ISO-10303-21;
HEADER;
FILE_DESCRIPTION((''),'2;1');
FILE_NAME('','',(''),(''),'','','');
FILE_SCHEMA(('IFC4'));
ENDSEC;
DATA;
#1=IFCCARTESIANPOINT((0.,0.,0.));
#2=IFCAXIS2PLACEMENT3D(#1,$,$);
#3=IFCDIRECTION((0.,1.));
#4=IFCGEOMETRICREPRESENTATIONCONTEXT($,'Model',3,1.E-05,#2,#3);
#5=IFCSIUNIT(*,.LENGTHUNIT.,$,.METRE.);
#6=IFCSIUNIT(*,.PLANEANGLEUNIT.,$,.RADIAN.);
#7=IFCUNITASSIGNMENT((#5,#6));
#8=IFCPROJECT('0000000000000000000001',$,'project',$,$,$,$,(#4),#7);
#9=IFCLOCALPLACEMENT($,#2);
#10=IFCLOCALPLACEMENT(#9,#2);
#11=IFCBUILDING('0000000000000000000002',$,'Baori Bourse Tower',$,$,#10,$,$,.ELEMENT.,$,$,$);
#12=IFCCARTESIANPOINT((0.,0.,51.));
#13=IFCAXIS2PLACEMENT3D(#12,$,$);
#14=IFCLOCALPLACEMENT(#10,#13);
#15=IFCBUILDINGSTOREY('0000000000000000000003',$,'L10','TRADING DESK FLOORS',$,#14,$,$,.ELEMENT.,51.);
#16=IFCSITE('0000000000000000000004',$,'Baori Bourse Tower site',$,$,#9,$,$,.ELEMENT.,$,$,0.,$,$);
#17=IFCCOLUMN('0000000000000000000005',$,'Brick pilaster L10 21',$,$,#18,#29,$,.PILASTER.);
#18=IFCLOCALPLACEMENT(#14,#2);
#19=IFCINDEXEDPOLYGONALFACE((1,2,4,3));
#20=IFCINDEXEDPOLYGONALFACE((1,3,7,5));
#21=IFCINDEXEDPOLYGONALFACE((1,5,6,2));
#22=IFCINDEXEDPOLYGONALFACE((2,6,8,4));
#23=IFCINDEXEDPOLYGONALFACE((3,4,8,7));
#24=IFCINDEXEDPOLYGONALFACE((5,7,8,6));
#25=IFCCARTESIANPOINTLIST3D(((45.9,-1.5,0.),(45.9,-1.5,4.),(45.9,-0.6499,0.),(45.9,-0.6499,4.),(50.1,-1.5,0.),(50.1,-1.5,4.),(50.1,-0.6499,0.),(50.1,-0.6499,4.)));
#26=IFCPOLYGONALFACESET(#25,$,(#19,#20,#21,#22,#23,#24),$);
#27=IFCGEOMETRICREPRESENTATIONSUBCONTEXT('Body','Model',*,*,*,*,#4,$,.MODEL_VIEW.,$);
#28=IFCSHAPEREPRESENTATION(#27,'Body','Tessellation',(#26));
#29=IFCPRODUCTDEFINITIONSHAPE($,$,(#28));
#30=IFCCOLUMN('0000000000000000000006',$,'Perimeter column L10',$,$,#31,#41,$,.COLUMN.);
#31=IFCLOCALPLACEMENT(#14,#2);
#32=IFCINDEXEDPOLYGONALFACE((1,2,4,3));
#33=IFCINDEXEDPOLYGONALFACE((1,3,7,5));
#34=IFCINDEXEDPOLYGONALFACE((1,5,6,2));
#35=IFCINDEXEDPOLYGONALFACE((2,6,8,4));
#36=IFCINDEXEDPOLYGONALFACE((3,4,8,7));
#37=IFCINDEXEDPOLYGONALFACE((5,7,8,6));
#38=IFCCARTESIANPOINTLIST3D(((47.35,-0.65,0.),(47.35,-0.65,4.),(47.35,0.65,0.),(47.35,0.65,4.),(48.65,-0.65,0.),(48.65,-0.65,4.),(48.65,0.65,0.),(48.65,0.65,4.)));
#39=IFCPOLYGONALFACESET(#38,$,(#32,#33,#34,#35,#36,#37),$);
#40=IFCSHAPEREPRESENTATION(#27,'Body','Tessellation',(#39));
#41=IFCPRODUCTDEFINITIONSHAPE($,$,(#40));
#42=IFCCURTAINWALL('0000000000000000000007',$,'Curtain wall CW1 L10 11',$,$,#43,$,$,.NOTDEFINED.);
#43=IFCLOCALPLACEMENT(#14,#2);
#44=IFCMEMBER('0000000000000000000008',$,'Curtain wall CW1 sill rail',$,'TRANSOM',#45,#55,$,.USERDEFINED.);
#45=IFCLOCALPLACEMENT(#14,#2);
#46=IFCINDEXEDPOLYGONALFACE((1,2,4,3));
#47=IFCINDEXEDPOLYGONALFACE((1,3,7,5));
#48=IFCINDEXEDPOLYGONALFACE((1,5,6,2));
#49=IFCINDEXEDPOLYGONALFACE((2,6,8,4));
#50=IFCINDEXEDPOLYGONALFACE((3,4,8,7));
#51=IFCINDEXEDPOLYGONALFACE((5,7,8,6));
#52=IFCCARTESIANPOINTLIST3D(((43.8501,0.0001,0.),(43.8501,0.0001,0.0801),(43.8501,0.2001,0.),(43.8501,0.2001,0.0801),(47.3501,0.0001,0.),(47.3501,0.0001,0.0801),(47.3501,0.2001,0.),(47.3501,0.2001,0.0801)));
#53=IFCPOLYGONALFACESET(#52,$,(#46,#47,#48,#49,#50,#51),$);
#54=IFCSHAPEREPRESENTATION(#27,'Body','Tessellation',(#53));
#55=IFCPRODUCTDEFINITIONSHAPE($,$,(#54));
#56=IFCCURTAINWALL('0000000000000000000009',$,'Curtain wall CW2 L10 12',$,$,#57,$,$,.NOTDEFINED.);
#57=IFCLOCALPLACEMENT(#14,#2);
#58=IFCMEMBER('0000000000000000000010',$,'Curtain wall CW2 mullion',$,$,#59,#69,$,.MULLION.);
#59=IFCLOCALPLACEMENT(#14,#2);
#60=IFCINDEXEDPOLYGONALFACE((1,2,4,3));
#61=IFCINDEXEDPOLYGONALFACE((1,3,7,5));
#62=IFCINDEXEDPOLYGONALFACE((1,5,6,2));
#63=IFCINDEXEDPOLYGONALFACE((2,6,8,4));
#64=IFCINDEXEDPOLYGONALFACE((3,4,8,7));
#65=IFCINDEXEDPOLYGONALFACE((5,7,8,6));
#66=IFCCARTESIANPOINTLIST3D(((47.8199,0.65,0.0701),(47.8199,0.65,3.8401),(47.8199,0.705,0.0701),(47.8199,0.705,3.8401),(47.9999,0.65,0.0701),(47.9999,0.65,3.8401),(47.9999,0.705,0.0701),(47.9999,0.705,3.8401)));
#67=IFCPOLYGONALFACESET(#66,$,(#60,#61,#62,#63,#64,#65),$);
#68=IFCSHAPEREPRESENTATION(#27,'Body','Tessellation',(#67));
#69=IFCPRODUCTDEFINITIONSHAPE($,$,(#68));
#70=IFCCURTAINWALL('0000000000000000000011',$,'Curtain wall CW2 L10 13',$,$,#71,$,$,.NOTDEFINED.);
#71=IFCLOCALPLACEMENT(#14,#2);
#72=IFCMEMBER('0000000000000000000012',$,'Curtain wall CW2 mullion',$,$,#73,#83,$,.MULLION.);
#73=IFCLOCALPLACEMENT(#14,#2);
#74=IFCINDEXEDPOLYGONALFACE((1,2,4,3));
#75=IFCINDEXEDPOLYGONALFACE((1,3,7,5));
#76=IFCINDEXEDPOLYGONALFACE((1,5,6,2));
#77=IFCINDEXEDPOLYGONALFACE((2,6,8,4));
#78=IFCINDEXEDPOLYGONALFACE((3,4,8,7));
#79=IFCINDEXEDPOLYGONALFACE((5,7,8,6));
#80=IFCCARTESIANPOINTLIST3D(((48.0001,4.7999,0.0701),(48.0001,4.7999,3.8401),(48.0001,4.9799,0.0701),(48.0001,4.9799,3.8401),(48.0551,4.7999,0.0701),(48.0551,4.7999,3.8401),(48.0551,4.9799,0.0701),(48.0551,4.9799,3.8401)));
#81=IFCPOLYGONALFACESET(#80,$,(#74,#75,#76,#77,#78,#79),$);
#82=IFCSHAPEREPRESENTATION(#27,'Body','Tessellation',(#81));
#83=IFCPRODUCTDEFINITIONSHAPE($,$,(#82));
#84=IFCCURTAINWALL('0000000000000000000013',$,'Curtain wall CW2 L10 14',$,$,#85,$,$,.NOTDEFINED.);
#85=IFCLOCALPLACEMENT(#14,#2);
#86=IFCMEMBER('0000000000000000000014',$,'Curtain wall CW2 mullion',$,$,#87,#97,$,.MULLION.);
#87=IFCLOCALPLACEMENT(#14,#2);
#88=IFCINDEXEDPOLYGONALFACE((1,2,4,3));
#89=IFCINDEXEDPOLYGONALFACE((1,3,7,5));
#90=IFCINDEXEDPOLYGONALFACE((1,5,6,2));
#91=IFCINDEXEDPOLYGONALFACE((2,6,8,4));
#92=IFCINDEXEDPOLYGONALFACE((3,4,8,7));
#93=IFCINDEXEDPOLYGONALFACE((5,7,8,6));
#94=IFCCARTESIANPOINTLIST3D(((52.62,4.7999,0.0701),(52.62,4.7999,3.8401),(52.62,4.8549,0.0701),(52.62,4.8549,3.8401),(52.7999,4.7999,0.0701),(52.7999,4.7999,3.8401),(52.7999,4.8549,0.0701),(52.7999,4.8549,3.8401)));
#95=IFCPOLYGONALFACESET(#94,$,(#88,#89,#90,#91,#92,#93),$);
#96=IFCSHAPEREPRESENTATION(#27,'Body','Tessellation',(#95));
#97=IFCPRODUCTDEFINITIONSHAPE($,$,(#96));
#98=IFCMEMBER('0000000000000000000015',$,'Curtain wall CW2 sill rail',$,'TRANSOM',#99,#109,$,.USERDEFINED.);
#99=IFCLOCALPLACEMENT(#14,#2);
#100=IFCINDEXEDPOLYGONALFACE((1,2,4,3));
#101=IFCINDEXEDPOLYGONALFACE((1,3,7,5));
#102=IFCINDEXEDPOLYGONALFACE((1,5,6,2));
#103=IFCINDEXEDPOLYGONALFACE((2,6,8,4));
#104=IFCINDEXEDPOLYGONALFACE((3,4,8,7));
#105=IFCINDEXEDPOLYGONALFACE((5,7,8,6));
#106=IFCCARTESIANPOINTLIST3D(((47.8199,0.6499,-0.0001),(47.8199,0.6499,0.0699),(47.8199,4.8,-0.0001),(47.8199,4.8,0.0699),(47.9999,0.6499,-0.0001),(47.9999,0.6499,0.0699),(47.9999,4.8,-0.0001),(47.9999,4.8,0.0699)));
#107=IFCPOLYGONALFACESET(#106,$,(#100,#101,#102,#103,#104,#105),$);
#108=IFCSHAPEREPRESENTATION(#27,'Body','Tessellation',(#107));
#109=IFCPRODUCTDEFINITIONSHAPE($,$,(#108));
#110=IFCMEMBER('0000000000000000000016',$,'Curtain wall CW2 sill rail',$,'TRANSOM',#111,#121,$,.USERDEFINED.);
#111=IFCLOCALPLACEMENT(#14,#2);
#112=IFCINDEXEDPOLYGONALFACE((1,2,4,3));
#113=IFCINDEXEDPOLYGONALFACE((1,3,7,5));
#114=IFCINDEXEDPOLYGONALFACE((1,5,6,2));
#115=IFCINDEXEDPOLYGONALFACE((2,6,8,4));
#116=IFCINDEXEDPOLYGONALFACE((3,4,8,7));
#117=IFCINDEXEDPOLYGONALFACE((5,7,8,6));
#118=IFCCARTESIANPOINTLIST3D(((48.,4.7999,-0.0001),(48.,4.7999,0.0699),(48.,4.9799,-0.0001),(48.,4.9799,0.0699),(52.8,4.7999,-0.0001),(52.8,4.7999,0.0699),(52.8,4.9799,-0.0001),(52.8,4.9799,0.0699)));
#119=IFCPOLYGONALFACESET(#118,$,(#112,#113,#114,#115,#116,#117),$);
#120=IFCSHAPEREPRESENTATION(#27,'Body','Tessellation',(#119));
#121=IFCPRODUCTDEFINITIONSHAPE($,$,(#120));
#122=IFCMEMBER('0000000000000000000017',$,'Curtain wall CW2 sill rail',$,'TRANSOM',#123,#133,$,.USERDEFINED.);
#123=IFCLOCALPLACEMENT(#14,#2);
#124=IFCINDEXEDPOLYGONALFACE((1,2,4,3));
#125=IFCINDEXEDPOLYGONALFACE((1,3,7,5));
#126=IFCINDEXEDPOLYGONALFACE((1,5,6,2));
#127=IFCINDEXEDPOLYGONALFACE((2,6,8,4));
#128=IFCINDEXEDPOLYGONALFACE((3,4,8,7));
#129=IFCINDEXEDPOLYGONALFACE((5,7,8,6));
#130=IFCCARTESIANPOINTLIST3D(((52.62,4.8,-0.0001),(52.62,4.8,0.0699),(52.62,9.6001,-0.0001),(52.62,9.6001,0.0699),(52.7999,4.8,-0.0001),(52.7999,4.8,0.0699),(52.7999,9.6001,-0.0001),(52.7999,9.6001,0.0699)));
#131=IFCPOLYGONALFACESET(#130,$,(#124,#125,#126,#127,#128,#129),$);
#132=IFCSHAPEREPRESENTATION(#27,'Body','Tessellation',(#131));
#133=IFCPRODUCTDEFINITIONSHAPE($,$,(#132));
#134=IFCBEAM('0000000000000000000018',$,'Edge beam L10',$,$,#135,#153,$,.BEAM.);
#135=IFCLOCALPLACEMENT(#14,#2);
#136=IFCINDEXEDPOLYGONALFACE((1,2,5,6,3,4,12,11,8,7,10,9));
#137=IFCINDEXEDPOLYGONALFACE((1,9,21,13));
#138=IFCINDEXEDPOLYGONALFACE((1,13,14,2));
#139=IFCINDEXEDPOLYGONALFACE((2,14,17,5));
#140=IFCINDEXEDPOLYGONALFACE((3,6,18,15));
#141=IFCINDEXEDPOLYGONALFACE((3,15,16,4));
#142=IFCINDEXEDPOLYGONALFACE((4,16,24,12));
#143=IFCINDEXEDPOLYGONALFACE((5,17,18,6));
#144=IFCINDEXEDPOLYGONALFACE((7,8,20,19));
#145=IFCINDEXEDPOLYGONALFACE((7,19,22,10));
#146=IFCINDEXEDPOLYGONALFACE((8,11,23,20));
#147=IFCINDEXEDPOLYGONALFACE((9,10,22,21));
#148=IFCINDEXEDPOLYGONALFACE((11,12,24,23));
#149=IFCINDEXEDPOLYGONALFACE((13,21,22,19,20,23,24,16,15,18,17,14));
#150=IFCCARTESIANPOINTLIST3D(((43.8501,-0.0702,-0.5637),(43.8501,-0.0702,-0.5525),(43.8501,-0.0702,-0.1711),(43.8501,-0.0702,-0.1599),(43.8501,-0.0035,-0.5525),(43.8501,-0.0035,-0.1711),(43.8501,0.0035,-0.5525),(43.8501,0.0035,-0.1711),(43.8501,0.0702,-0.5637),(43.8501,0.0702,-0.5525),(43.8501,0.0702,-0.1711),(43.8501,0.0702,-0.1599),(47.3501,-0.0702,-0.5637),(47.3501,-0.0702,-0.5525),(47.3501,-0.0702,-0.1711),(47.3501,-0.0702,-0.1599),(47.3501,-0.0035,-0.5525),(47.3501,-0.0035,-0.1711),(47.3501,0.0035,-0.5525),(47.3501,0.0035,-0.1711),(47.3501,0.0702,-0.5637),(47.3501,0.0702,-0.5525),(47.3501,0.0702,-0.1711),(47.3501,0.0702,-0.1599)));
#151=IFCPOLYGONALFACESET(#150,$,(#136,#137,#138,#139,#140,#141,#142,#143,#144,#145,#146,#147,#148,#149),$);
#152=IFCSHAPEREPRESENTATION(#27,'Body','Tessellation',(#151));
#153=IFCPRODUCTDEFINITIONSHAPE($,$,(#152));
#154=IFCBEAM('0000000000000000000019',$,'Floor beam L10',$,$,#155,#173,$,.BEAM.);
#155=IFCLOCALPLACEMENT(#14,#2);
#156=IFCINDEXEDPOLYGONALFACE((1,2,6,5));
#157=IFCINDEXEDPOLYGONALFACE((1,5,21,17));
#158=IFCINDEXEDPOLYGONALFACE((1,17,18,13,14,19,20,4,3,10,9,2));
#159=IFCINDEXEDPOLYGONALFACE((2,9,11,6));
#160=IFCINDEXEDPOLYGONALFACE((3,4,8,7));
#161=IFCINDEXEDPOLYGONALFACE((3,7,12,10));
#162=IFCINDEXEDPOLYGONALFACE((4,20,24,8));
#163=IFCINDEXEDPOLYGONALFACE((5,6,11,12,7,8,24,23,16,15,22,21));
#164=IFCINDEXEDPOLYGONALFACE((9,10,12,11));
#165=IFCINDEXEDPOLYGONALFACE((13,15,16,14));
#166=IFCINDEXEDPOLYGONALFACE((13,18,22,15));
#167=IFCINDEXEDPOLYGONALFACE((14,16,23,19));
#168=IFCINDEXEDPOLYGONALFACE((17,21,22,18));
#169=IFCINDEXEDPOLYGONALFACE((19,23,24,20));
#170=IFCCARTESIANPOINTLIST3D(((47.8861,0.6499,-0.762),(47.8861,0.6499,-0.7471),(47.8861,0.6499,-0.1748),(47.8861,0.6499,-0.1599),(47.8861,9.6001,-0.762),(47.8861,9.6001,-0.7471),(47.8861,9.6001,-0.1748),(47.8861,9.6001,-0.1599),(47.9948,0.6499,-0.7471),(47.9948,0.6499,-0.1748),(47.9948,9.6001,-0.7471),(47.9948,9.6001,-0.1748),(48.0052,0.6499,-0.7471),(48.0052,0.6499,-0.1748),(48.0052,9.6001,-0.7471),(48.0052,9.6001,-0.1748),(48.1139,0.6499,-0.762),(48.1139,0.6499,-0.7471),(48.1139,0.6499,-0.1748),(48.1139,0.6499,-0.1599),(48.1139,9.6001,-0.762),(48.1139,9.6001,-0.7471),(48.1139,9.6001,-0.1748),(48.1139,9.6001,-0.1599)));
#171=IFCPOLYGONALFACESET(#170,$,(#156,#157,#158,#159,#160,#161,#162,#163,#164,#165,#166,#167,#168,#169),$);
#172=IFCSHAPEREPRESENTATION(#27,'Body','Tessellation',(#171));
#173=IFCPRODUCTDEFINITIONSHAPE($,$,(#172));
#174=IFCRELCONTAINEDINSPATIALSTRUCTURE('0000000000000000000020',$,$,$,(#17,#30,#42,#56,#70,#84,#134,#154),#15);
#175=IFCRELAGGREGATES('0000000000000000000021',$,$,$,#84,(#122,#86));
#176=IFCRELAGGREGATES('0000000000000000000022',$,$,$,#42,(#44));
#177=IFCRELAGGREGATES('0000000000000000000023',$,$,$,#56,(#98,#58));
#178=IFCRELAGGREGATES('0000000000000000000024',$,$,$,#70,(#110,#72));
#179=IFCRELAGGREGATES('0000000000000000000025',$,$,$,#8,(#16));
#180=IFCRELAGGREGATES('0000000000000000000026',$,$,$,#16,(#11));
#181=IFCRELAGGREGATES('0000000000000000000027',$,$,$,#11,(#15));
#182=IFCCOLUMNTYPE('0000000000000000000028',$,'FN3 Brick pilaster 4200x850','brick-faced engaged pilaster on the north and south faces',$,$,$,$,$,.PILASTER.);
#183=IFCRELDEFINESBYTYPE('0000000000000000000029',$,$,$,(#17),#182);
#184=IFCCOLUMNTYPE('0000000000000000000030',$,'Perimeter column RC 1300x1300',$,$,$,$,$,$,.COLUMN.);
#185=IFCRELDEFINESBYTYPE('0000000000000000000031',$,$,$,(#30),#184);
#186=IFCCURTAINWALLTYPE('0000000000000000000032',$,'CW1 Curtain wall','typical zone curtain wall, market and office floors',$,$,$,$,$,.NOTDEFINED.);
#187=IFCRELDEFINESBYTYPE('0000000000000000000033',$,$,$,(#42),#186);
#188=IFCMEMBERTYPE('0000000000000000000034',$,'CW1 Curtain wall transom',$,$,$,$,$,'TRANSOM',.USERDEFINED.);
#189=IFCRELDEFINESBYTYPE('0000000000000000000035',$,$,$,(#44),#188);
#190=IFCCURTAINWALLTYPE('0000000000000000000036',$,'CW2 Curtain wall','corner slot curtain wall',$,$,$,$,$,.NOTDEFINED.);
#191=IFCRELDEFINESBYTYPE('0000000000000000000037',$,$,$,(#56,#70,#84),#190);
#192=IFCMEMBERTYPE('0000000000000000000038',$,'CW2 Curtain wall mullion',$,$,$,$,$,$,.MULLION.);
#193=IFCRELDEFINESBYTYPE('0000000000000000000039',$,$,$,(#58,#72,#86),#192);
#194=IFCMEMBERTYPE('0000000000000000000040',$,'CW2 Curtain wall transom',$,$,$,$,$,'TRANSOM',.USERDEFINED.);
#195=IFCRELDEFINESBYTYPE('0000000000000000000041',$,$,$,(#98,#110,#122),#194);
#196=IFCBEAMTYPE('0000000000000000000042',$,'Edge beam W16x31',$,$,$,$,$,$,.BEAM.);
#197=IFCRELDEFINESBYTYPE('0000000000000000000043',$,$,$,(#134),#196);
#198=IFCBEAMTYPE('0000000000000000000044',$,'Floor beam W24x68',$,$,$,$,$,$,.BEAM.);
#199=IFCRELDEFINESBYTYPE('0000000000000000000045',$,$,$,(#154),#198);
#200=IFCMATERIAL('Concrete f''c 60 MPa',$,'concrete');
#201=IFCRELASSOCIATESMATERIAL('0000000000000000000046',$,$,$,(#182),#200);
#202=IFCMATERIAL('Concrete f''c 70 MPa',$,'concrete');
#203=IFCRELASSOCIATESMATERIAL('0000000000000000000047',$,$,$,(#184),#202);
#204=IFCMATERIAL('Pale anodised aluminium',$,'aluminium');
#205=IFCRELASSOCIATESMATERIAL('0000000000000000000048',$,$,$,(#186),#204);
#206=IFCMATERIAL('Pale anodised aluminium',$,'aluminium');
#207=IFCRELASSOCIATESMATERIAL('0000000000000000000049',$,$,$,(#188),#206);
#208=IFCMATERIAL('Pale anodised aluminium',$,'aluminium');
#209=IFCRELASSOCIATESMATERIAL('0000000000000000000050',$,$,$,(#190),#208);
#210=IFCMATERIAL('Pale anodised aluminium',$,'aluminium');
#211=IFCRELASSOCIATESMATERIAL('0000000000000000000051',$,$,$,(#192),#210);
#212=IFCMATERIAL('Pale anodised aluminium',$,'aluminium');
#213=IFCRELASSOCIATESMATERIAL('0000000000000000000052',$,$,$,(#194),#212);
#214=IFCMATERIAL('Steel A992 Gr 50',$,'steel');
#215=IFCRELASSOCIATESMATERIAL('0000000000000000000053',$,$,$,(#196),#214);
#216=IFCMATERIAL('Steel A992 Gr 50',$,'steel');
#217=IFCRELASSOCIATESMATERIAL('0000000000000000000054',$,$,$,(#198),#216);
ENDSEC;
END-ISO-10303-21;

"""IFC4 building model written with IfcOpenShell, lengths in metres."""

from ifc_helpers import new_model, si_unit, direction, frame, origin, origin_2d, place, context, subcontext, project, spatial, rectangle, i_section, extrude, material, material_profile, profile_set, type_object, element, aggregate, save


model = new_model("IFC4")

# Units and contexts
model_context = context("Model", 3, precision=1e-05, world=origin(), true_north=direction((0.0, 1.0)))
body_context = subcontext(model_context, "Body", "Model", "MODEL_VIEW")
ifc_project = project(units=[si_unit("LENGTHUNIT", "METRE"), si_unit("PLANEANGLEUNIT", "RADIAN")], contexts=[model_context])

# Site, building, storey
site_placement = place(None, origin())
site = spatial("IfcSite", under=ifc_project, at=site_placement, Name="Baori Bourse Tower site", CompositionType="ELEMENT", RefElevation=0.0)
building_placement = place(site_placement, origin())
building = spatial("IfcBuilding", under=site, at=building_placement, Name="Baori Bourse Tower", CompositionType="ELEMENT")
storey_placement = place(building_placement, frame((0.0, 0.0, 51.0)))
storey = spatial("IfcBuildingStorey", under=building, at=storey_placement, Name="L10", Description="TRADING DESK FLOORS", CompositionType="ELEMENT", Elevation=51.0)

# Columns
ifc_material_1 = material(Name="Concrete f'c 60 MPa", Category="concrete")
ifc_material_profile_1 = material_profile(ifc_material_1, rectangle(XDim=4.2, YDim=0.8501, at=origin_2d()), Name="RC 4200x850")
ifc_profile_set_1 = profile_set([ifc_material_profile_1], Name="Concrete f'c 60 MPa")
column_type_1 = type_object("IfcColumnType", Name="FN3 Brick pilaster 4200x850", Description="brick-faced engaged pilaster on the north and south faces", PredefinedType="PILASTER", material=ifc_profile_set_1)
column_1_placement = place(storey_placement, frame((48.0, -1.075, 0.0), z_axis=(0.0, 0.0, 1.0), x_axis=(1.0, 0.0, 0.0)))
element("IfcColumn", 1, at=column_1_placement, inside=storey, type_object=column_type_1, Name="Brick pilaster L10 21", PredefinedType="PILASTER", context=body_context, shape_type="SweptSolid", body=[
    extrude(rectangle(XDim=4.2, YDim=0.8501, at=origin_2d()), origin(), (0.0, 0.0, 1.0), 4.0),
])
ifc_material_2 = material(Name="Concrete f'c 70 MPa", Category="concrete")
ifc_material_profile_2 = material_profile(ifc_material_2, rectangle(XDim=1.3, YDim=1.3, at=origin_2d()), Name="RC 1300x1300")
ifc_profile_set_2 = profile_set([ifc_material_profile_2], Name="Concrete f'c 70 MPa")
column_type_2 = type_object("IfcColumnType", Name="Perimeter column RC 1300x1300", PredefinedType="COLUMN", material=ifc_profile_set_2)
column_2_placement = place(storey_placement, frame((48.0, 0.0, 0.0), z_axis=(0.0, 0.0, 1.0), x_axis=(1.0, 0.0, 0.0)))
element("IfcColumn", 2, at=column_2_placement, inside=storey, type_object=column_type_2, Name="Perimeter column L10", PredefinedType="COLUMN", context=body_context, shape_type="SweptSolid", body=[
    extrude(rectangle(XDim=1.3, YDim=1.3, at=origin_2d()), origin(), (0.0, 0.0, 1.0), 4.0),
])

# Curtain walls, members
ifc_material_3 = material(Name="Pale anodised aluminium", Category="aluminium")
curtain_wall_type_1 = type_object("IfcCurtainWallType", Name="CW1 Curtain wall", Description="typical zone curtain wall, market and office floors", PredefinedType="NOTDEFINED", material=ifc_material_3)
curtain_wall_1_placement = place(storey_placement, origin())
curtain_wall_1 = element("IfcCurtainWall", 3, at=curtain_wall_1_placement, inside=storey, type_object=curtain_wall_type_1, Name="Curtain wall CW1 L10 11", PredefinedType="NOTDEFINED")
ifc_material_4 = material(Name="Pale anodised aluminium", Category="aluminium")
ifc_material_profile_3 = material_profile(ifc_material_4, rectangle(XDim=0.2, YDim=0.0801, at=origin_2d()), Name="Transom 80x200")
ifc_profile_set_3 = profile_set([ifc_material_profile_3], Name="Pale anodised aluminium")
member_type_1 = type_object("IfcMemberType", Name="CW1 Curtain wall transom", ElementType="TRANSOM", PredefinedType="USERDEFINED", material=ifc_profile_set_3)
member_1_placement = place(storey_placement, frame((43.8501, 0.1001, 0.04), z_axis=(1.0, 0.0, 0.0), x_axis=(0.0, 1.0, 0.0)))
member_1 = element("IfcMember", 4, at=member_1_placement, type_object=member_type_1, Name="Curtain wall CW1 sill rail", ObjectType="TRANSOM", PredefinedType="USERDEFINED", context=body_context, shape_type="SweptSolid", body=[
    extrude(rectangle(XDim=0.2, YDim=0.0801, at=origin_2d()), origin(), (0.0, 0.0, 1.0), 3.5),
])
ifc_material_5 = material(Name="Pale anodised aluminium", Category="aluminium")
curtain_wall_type_2 = type_object("IfcCurtainWallType", Name="CW2 Curtain wall", Description="corner slot curtain wall", PredefinedType="NOTDEFINED", material=ifc_material_5)
curtain_wall_2_placement = place(storey_placement, origin())
curtain_wall_2 = element("IfcCurtainWall", 5, at=curtain_wall_2_placement, inside=storey, type_object=curtain_wall_type_2, Name="Curtain wall CW2 L10 12", PredefinedType="NOTDEFINED")
ifc_material_6 = material(Name="Pale anodised aluminium", Category="aluminium")
ifc_material_profile_4 = material_profile(ifc_material_6, rectangle(XDim=0.1799, YDim=0.0549, at=origin_2d()), Name="Mullion 55x180")
ifc_profile_set_4 = profile_set([ifc_material_profile_4], Name="Pale anodised aluminium")
member_type_2 = type_object("IfcMemberType", Name="CW2 Curtain wall mullion", PredefinedType="MULLION", material=ifc_profile_set_4)
member_2_placement = place(storey_placement, frame((47.9099, 0.6775, 0.0701), z_axis=(0.0, 0.0, 1.0), x_axis=(-1.0, 0.0, 0.0)))
member_2 = element("IfcMember", 6, at=member_2_placement, type_object=member_type_2, Name="Curtain wall CW2 mullion", PredefinedType="MULLION", context=body_context, shape_type="SweptSolid", body=[
    extrude(rectangle(XDim=0.1799, YDim=0.0549, at=origin_2d()), origin(), (0.0, 0.0, 1.0), 3.77),
])
curtain_wall_3_placement = place(storey_placement, origin())
curtain_wall_3 = element("IfcCurtainWall", 7, at=curtain_wall_3_placement, inside=storey, type_object=curtain_wall_type_2, Name="Curtain wall CW2 L10 13", PredefinedType="NOTDEFINED")
member_3_placement = place(storey_placement, frame((48.0276, 4.8899, 0.0701), z_axis=(0.0, 0.0, 1.0), x_axis=(0.0, 1.0, 0.0)))
member_3 = element("IfcMember", 8, at=member_3_placement, type_object=member_type_2, Name="Curtain wall CW2 mullion", PredefinedType="MULLION", context=body_context, shape_type="SweptSolid", body=[
    extrude(rectangle(XDim=0.1799, YDim=0.0549, at=origin_2d()), origin(), (0.0, 0.0, 1.0), 3.77),
])
curtain_wall_4_placement = place(storey_placement, origin())
curtain_wall_4 = element("IfcCurtainWall", 9, at=curtain_wall_4_placement, inside=storey, type_object=curtain_wall_type_2, Name="Curtain wall CW2 L10 14", PredefinedType="NOTDEFINED")
member_4_placement = place(storey_placement, frame((52.71, 4.8274, 0.0701), z_axis=(0.0, 0.0, 1.0), x_axis=(-1.0, 0.0, 0.0)))
member_4 = element("IfcMember", 10, at=member_4_placement, type_object=member_type_2, Name="Curtain wall CW2 mullion", PredefinedType="MULLION", context=body_context, shape_type="SweptSolid", body=[
    extrude(rectangle(XDim=0.1799, YDim=0.0549, at=origin_2d()), origin(), (0.0, 0.0, 1.0), 3.77),
])

# Members
ifc_material_7 = material(Name="Pale anodised aluminium", Category="aluminium")
ifc_material_profile_5 = material_profile(ifc_material_7, rectangle(XDim=0.1799, YDim=0.0701, at=origin_2d()), Name="Transom 70x180")
ifc_profile_set_5 = profile_set([ifc_material_profile_5], Name="Pale anodised aluminium")
member_type_3 = type_object("IfcMemberType", Name="CW2 Curtain wall transom", ElementType="TRANSOM", PredefinedType="USERDEFINED", material=ifc_profile_set_5)
member_5_placement = place(storey_placement, frame((47.9099, 0.6499, 0.0349), z_axis=(0.0, 1.0, 0.0), x_axis=(-1.0, 0.0, 0.0)))
member_5 = element("IfcMember", 11, at=member_5_placement, type_object=member_type_3, Name="Curtain wall CW2 sill rail", ObjectType="TRANSOM", PredefinedType="USERDEFINED", context=body_context, shape_type="SweptSolid", body=[
    extrude(rectangle(XDim=0.1799, YDim=0.0701, at=origin_2d()), origin(), (0.0, 0.0, 1.0), 4.1501),
])
member_6_placement = place(storey_placement, frame((48.0, 4.8899, 0.0349), z_axis=(1.0, 0.0, 0.0), x_axis=(0.0, 1.0, 0.0)))
member_6 = element("IfcMember", 12, at=member_6_placement, type_object=member_type_3, Name="Curtain wall CW2 sill rail", ObjectType="TRANSOM", PredefinedType="USERDEFINED", context=body_context, shape_type="SweptSolid", body=[
    extrude(rectangle(XDim=0.1799, YDim=0.0701, at=origin_2d()), origin(), (0.0, 0.0, 1.0), 4.8),
])
member_7_placement = place(storey_placement, frame((52.71, 4.8, 0.0349), z_axis=(0.0, 1.0, 0.0), x_axis=(-1.0, 0.0, 0.0)))
member_7 = element("IfcMember", 13, at=member_7_placement, type_object=member_type_3, Name="Curtain wall CW2 sill rail", ObjectType="TRANSOM", PredefinedType="USERDEFINED", context=body_context, shape_type="SweptSolid", body=[
    extrude(rectangle(XDim=0.1799, YDim=0.0701, at=origin_2d()), origin(), (0.0, 0.0, 1.0), 4.8),
])
aggregate(curtain_wall_4, [member_7, member_4])

# Beams
ifc_material_8 = material(Name="Steel A992 Gr 50", Category="steel")
ifc_material_profile_6 = material_profile(ifc_material_8, i_section(OverallWidth=0.1404, OverallDepth=0.4038, WebThickness=0.0071, FlangeThickness=0.0112, at=origin_2d()), Name="W16x31")
ifc_profile_set_6 = profile_set([ifc_material_profile_6], Name="Steel A992 Gr 50")
beam_type_1 = type_object("IfcBeamType", Name="Edge beam W16x31", PredefinedType="BEAM", material=ifc_profile_set_6)
beam_1_placement = place(storey_placement, frame((43.8501, 0.0, -0.3618), z_axis=(1.0, 0.0, 0.0), x_axis=(0.0, 1.0, 0.0)))
element("IfcBeam", 14, at=beam_1_placement, inside=storey, type_object=beam_type_1, Name="Edge beam L10", PredefinedType="BEAM", context=body_context, shape_type="SweptSolid", body=[
    extrude(i_section(OverallWidth=0.1404, OverallDepth=0.4038, WebThickness=0.0071, FlangeThickness=0.0112, at=origin_2d()), origin(), (0.0, 0.0, 1.0), 3.5),
])
ifc_material_9 = material(Name="Steel A992 Gr 50", Category="steel")
ifc_material_profile_7 = material_profile(ifc_material_9, i_section(OverallWidth=0.2278, OverallDepth=0.6021, WebThickness=0.0105, FlangeThickness=0.0149, at=origin_2d()), Name="W24x68")
ifc_profile_set_7 = profile_set([ifc_material_profile_7], Name="Steel A992 Gr 50")
beam_type_2 = type_object("IfcBeamType", Name="Floor beam W24x68", PredefinedType="BEAM", material=ifc_profile_set_7)
beam_2_placement = place(storey_placement, frame((48.0, 0.6499, -0.4609), z_axis=(0.0, 1.0, 0.0), x_axis=(-1.0, 0.0, 0.0)))
element("IfcBeam", 15, at=beam_2_placement, inside=storey, type_object=beam_type_2, Name="Floor beam L10", PredefinedType="BEAM", context=body_context, shape_type="SweptSolid", body=[
    extrude(i_section(OverallWidth=0.2278, OverallDepth=0.6021, WebThickness=0.0105, FlangeThickness=0.0149, at=origin_2d()), origin(), (0.0, 0.0, 1.0), 8.9502),
])

aggregate(curtain_wall_1, [member_1])
aggregate(curtain_wall_2, [member_5, member_2])
aggregate(curtain_wall_3, [member_6, member_3])

save(model, "model.ifc")
